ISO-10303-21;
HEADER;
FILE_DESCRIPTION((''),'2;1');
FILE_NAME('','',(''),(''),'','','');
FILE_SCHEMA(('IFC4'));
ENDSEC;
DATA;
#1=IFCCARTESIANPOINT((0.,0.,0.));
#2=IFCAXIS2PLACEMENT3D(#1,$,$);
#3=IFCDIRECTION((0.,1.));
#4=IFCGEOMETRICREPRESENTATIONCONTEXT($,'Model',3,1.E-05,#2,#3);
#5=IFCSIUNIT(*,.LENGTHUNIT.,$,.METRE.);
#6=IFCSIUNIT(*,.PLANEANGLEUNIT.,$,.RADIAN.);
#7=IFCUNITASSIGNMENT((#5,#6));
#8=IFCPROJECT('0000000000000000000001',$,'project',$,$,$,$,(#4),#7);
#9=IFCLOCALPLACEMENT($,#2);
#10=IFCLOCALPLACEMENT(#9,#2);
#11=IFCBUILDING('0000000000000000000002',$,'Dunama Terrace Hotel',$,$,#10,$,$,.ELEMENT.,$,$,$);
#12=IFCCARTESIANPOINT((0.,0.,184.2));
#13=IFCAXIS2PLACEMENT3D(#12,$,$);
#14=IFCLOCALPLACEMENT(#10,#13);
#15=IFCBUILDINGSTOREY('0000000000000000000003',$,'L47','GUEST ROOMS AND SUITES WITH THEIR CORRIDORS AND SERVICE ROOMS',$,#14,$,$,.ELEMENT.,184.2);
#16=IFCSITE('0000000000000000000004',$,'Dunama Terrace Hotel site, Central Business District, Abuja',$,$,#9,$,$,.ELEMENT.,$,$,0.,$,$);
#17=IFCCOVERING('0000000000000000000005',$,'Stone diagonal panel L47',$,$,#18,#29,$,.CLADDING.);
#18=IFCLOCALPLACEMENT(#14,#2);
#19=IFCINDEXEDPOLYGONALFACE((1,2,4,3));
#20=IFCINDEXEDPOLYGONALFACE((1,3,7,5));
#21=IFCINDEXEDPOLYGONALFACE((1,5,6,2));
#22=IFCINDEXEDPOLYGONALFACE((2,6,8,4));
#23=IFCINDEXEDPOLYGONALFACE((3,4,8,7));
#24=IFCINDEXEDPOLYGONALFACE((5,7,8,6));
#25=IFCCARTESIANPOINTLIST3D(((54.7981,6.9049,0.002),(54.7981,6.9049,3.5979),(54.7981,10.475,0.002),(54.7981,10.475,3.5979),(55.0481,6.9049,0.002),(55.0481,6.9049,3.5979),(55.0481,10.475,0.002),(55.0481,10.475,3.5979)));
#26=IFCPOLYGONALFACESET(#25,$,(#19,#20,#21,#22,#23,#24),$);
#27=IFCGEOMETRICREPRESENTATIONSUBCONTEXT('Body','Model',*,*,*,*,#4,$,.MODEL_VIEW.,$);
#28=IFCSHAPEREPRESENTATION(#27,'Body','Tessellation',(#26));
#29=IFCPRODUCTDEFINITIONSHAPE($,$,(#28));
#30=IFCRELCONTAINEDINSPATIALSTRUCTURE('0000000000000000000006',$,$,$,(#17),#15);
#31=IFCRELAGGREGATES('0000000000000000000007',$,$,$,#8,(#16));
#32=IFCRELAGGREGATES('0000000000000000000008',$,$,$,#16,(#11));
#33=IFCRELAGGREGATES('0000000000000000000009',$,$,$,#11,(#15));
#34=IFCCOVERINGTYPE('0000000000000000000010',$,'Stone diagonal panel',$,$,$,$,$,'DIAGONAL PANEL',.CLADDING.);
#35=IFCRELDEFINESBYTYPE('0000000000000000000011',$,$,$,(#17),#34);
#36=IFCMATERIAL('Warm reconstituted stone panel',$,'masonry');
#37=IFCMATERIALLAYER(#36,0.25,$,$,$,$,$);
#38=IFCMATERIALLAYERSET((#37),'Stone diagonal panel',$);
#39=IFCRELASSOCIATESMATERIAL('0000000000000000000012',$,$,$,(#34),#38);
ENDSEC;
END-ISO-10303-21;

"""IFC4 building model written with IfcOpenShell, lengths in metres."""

from ifc_helpers import new_model, si_unit, direction, frame, origin, origin_2d, place, context, subcontext, project, spatial, rectangle, extrude, material, layer, layer_set, type_object, element, save


model = new_model("IFC4")

# Units and contexts
model_context = context("Model", 3, precision=1e-05, world=origin(), true_north=direction((0.0, 1.0)))
body_context = subcontext(model_context, "Body", "Model", "MODEL_VIEW")
ifc_project = project(units=[si_unit("LENGTHUNIT", "METRE"), si_unit("PLANEANGLEUNIT", "RADIAN")], contexts=[model_context])

# Site, building, storey
site_placement = place(None, origin())
site = spatial("IfcSite", under=ifc_project, at=site_placement, Name="Dunama Terrace Hotel site, Central Business District, Abuja", CompositionType="ELEMENT", RefElevation=0.0)
building_placement = place(site_placement, origin())
building = spatial("IfcBuilding", under=site, at=building_placement, Name="Dunama Terrace Hotel", CompositionType="ELEMENT")
storey_placement = place(building_placement, frame((0.0, 0.0, 184.2)))
storey = spatial("IfcBuildingStorey", under=building, at=storey_placement, Name="L47", Description="GUEST ROOMS AND SUITES WITH THEIR CORRIDORS AND SERVICE ROOMS", CompositionType="ELEMENT", Elevation=184.2)

# Covering
ifc_material_1 = material(Name="Warm reconstituted stone panel", Category="masonry")
ifc_layer_1 = layer(ifc_material_1, 0.25)
ifc_layer_set_1 = layer_set([ifc_layer_1], Name="Stone diagonal panel")
covering_type = type_object("IfcCoveringType", Name="Stone diagonal panel", ElementType="DIAGONAL PANEL", PredefinedType="CLADDING", material=ifc_layer_set_1)
covering_1_placement = place(storey_placement, frame((54.9231, 8.6899, 0.002), z_axis=(0.0, 0.0, 1.0), x_axis=(0.0, 1.0, 0.0)))
element("IfcCovering", 1, at=covering_1_placement, inside=storey, type_object=covering_type, Name="Stone diagonal panel L47", PredefinedType="CLADDING", context=body_context, shape_type="SweptSolid", body=[
    extrude(rectangle(XDim=3.5701, YDim=0.25, at=origin_2d()), origin(), (0.0, 0.0, 1.0), 3.5959),
])

save(model, "model.ifc")
